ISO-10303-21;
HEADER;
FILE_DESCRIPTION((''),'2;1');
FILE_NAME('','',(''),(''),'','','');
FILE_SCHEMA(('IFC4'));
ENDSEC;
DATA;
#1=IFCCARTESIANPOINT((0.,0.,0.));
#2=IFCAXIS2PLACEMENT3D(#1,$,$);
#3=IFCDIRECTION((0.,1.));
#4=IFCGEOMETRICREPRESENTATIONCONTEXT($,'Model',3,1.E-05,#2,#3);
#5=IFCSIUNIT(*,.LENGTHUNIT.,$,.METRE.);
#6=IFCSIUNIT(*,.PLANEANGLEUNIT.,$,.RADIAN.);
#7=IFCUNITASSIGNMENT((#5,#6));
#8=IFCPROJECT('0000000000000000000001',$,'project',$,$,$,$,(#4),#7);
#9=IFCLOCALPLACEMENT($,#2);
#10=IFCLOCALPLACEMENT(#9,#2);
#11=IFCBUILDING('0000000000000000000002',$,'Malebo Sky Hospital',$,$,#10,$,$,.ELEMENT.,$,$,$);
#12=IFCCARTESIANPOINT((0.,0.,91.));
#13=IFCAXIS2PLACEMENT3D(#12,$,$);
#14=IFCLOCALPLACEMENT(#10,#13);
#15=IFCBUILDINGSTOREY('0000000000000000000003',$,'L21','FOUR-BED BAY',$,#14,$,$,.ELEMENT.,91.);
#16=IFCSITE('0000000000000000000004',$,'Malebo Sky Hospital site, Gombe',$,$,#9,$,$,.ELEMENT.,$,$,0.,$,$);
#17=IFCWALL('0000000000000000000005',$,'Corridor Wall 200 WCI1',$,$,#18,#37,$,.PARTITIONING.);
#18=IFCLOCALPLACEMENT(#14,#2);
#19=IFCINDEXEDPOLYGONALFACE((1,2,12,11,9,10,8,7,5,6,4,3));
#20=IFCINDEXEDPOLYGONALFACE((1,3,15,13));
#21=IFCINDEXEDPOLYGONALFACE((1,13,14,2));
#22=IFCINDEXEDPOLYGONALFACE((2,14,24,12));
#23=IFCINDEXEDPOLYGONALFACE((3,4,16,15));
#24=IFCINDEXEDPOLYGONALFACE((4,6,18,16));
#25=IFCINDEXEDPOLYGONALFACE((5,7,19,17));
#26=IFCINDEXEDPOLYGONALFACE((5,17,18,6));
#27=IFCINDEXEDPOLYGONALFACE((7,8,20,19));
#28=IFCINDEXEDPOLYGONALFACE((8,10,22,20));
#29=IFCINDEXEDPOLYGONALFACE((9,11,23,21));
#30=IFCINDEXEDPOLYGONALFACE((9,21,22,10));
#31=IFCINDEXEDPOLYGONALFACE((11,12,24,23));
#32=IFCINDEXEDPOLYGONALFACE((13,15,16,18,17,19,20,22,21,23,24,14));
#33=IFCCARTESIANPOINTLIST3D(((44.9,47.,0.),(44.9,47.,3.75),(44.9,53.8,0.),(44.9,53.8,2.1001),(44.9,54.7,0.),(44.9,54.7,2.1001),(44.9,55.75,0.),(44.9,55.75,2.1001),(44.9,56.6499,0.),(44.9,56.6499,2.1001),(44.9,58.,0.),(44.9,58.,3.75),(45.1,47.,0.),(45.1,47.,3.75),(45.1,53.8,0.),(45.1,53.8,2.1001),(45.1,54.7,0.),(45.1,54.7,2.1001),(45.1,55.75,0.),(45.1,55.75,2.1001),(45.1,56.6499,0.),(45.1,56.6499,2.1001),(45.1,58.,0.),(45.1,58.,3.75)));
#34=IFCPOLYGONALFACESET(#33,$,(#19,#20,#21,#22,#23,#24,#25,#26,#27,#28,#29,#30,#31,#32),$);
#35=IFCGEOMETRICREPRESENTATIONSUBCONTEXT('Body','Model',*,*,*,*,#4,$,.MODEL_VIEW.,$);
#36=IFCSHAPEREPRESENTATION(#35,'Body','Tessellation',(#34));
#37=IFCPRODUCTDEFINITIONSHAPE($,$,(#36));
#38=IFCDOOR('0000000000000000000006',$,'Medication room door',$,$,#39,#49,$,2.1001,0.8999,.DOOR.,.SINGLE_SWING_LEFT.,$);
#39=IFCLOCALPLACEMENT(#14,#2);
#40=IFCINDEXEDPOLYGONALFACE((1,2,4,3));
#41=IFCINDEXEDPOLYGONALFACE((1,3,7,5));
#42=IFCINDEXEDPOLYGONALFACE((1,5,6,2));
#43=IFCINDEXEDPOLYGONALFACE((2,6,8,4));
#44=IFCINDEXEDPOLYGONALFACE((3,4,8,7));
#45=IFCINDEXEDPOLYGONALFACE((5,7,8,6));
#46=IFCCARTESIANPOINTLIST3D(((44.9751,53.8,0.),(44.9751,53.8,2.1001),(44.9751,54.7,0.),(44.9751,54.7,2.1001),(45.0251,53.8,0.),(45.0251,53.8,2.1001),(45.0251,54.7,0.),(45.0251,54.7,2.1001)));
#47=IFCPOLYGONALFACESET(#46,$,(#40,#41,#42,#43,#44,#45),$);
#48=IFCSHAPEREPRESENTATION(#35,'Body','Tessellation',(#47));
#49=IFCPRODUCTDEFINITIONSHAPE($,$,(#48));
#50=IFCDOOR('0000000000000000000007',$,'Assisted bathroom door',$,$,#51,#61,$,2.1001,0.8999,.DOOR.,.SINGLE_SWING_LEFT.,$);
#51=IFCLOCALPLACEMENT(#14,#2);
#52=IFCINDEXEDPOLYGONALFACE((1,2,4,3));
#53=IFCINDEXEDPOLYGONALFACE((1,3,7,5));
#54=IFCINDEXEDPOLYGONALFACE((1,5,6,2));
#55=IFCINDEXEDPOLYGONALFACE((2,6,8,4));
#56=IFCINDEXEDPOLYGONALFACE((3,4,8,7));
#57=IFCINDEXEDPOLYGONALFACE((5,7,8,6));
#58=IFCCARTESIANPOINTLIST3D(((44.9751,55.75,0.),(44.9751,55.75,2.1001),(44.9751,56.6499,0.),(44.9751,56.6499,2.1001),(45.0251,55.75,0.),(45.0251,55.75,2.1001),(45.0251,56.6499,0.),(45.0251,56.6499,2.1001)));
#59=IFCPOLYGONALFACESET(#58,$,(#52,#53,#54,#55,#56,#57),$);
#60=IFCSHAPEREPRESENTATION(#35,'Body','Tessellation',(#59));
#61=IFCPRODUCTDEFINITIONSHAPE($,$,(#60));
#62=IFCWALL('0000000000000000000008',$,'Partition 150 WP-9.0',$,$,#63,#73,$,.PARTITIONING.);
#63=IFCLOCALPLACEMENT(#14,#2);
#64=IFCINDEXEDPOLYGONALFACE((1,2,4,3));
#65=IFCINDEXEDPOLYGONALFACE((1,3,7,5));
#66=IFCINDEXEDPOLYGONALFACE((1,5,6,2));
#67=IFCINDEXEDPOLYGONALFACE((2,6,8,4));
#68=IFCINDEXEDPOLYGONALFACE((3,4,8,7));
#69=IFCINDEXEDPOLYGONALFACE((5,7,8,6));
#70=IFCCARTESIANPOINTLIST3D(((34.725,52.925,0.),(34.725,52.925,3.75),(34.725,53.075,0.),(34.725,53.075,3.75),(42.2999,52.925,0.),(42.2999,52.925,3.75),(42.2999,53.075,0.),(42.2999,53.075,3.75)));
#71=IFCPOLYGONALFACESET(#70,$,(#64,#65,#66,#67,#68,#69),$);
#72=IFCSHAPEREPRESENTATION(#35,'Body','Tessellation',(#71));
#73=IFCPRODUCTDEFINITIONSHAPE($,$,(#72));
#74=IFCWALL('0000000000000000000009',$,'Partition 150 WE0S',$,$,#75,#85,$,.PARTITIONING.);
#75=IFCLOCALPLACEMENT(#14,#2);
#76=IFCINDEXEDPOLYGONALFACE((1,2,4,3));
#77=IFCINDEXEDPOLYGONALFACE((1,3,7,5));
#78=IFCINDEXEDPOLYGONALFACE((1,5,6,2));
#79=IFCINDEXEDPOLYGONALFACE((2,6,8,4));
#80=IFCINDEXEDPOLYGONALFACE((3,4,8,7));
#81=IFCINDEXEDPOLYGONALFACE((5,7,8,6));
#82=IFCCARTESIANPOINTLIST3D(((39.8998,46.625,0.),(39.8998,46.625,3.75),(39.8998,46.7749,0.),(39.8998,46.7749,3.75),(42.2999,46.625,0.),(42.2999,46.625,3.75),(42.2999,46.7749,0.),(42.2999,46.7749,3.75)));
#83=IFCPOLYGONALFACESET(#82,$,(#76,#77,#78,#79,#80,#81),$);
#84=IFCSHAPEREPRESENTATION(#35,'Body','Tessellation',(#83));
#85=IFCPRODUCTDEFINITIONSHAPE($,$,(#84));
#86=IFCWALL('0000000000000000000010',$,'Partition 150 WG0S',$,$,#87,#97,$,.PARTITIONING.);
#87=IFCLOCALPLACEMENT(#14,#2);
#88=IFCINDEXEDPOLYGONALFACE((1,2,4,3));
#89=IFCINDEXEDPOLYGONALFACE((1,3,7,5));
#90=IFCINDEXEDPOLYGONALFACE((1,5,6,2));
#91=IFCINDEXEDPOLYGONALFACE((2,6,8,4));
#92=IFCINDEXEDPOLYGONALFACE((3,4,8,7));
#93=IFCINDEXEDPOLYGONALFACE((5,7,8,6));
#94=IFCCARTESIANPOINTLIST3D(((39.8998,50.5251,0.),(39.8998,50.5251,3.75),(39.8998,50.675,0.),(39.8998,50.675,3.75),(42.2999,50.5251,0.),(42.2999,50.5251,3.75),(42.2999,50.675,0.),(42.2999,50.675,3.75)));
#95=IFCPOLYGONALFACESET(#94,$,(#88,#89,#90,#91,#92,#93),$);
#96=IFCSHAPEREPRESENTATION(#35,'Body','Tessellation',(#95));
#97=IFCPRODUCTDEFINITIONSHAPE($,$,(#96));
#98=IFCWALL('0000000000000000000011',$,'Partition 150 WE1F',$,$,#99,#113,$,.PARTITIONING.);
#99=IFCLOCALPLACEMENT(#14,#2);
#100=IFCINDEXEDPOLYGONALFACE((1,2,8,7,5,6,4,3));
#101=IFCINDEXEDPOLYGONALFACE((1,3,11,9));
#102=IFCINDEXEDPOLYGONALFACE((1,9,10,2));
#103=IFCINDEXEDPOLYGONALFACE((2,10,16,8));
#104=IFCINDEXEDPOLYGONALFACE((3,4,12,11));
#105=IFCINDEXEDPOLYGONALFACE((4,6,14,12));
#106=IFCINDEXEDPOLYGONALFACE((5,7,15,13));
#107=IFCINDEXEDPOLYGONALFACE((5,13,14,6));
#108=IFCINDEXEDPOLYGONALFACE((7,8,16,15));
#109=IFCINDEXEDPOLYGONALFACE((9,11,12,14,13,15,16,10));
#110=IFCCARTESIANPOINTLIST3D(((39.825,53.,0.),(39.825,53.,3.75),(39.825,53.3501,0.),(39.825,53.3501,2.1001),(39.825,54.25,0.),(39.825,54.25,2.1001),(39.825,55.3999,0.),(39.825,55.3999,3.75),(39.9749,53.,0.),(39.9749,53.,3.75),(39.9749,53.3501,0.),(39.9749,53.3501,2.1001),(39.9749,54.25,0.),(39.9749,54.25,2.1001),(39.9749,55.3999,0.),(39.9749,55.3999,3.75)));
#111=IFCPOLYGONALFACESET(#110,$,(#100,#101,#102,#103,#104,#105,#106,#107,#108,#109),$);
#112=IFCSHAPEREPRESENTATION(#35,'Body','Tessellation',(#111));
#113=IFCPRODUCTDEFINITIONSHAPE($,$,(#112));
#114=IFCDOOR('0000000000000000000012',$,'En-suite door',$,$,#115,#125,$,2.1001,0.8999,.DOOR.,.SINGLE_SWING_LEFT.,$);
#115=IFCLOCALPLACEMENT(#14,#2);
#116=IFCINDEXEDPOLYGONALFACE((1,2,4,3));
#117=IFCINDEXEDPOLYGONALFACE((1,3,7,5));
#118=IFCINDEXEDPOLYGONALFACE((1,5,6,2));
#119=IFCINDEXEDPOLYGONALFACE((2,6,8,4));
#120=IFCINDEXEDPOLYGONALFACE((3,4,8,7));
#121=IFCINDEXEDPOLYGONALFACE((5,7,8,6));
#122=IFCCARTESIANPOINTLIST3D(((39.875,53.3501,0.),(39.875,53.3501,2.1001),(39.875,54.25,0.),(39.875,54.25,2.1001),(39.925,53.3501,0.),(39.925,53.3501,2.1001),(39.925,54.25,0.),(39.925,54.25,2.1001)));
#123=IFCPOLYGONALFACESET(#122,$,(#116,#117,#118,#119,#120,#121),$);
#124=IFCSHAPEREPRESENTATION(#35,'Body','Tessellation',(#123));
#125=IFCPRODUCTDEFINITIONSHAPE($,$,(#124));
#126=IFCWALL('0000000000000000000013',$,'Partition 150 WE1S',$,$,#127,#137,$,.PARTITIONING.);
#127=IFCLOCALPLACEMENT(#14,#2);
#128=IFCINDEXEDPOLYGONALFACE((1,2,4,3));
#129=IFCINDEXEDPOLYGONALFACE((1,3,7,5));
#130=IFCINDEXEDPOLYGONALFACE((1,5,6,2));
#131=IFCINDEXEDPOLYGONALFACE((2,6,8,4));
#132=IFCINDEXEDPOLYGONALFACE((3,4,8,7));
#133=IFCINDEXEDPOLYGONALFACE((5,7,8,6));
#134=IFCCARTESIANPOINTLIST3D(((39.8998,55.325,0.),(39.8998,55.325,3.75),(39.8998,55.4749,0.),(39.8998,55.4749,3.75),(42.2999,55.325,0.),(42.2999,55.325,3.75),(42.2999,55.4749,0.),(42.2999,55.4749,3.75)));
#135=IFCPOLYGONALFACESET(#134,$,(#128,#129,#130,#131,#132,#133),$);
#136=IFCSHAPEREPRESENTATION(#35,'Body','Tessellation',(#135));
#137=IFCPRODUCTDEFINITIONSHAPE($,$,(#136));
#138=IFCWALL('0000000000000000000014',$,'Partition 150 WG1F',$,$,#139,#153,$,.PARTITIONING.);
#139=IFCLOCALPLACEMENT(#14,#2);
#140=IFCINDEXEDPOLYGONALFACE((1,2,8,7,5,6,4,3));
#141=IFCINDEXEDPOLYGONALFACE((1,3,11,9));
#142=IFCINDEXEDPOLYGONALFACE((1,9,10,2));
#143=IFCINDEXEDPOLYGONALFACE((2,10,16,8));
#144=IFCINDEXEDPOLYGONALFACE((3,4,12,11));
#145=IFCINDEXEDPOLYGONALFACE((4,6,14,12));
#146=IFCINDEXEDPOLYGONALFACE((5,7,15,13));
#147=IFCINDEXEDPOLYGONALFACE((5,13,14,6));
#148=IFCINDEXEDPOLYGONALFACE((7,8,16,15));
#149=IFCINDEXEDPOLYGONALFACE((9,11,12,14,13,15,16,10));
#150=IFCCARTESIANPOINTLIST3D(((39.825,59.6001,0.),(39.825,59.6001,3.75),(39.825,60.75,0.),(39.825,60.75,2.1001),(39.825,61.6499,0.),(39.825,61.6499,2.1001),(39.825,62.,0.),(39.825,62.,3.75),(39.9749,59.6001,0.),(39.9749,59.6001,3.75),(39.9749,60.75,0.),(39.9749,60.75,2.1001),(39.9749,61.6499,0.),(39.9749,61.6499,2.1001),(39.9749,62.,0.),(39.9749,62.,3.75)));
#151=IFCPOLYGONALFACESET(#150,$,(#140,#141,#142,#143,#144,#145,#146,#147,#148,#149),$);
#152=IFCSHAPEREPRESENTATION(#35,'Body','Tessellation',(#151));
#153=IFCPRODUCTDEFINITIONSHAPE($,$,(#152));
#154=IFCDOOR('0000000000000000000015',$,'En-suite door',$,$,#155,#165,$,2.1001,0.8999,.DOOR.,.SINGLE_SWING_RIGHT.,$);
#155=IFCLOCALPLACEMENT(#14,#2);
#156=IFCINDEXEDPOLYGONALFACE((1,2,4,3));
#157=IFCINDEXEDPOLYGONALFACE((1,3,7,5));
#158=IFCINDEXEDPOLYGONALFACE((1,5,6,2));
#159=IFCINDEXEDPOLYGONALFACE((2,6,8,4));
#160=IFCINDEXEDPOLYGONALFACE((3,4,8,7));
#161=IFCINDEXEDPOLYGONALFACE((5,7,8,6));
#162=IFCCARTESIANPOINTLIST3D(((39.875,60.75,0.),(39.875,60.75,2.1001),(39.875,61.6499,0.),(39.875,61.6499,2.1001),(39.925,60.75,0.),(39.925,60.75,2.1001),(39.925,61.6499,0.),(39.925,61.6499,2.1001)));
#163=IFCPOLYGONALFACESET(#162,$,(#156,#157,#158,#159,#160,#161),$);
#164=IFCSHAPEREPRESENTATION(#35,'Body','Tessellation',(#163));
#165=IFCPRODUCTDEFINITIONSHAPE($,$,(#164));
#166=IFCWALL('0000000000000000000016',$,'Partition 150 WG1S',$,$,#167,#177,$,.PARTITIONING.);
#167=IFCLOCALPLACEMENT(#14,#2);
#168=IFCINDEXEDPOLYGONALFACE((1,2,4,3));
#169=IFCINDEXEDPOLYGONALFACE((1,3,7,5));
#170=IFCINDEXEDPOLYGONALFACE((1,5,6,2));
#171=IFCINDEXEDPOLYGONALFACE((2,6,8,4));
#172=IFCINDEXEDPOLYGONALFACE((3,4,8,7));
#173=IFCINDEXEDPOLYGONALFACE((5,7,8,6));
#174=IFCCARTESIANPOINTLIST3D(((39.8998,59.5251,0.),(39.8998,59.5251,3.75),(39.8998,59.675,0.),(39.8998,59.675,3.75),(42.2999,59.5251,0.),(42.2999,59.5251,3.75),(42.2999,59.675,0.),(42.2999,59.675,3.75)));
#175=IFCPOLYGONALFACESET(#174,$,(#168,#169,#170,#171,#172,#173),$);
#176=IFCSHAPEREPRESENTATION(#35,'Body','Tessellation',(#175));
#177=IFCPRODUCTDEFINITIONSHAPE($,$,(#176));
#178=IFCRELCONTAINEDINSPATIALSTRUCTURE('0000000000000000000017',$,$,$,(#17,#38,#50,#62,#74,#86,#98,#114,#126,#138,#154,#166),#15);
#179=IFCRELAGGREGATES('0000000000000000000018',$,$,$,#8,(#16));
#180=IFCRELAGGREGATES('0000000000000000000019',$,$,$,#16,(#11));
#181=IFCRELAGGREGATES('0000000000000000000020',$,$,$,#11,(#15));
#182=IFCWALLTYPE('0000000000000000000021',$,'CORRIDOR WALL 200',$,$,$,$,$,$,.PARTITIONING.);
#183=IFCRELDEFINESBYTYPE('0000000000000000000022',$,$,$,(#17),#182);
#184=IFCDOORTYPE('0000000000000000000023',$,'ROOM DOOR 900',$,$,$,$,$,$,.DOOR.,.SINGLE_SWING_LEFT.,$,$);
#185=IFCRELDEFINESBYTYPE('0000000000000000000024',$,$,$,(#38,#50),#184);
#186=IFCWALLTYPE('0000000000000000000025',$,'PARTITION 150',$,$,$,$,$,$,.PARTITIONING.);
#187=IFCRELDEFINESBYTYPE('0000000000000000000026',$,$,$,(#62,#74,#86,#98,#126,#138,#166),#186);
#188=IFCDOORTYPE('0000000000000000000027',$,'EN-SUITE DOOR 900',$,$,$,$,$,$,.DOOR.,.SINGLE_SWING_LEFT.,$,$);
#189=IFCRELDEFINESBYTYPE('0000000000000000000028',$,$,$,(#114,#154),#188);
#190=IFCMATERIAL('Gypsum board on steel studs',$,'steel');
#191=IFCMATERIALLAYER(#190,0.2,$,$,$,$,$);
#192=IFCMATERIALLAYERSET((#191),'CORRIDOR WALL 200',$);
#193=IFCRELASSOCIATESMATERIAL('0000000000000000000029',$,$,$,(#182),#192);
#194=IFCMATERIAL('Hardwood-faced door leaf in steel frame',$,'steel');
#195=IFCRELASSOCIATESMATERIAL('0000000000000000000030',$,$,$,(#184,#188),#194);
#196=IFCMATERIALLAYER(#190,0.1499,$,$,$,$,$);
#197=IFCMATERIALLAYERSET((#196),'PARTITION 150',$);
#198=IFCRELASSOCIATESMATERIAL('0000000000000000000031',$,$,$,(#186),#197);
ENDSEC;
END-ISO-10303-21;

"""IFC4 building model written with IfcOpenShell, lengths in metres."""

from ifc_helpers import new_model, si_unit, direction, frame, frame_2d, origin, place, context, subcontext, project, spatial, rectangle, extrude, material, layer, layer_set, type_object, element, fill, save


model = new_model("IFC4")

# Units and contexts
model_context = context("Model", 3, precision=1e-05, world=origin(), true_north=direction((0.0, 1.0)))
body_context = subcontext(model_context, "Body", "Model", "MODEL_VIEW")
ifc_project = project(units=[si_unit("LENGTHUNIT", "METRE"), si_unit("PLANEANGLEUNIT", "RADIAN")], contexts=[model_context])

# Site, building, storey
site_placement = place(None, origin())
site = spatial("IfcSite", under=ifc_project, at=site_placement, Name="Malebo Sky Hospital site, Gombe", CompositionType="ELEMENT", RefElevation=0.0)
building_placement = place(site_placement, origin())
building = spatial("IfcBuilding", under=site, at=building_placement, Name="Malebo Sky Hospital", CompositionType="ELEMENT")
storey_placement = place(building_placement, frame((0.0, 0.0, 91.0)))
storey = spatial("IfcBuildingStorey", under=building, at=storey_placement, Name="L21", Description="FOUR-BED BAY", CompositionType="ELEMENT", Elevation=91.0)

# Wall, openings, doors
ifc_material_1 = material(Name="Gypsum board on steel studs", Category="steel")
ifc_layer_1 = layer(ifc_material_1, 0.2)
ifc_layer_set_1 = layer_set([ifc_layer_1], Name="CORRIDOR WALL 200")
wall_type_1 = type_object("IfcWallType", Name="CORRIDOR WALL 200", PredefinedType="PARTITIONING", material=ifc_layer_set_1)
wall_1_placement = place(storey_placement, frame((45.0, 47.0, 0.0), z_axis=(0.0, 0.0, 1.0), x_axis=(0.0, 1.0, 0.0)))
wall_1 = element("IfcWall", 1, at=wall_1_placement, inside=storey, type_object=wall_type_1, Name="Corridor Wall 200 WCI1", PredefinedType="PARTITIONING", context=body_context, shape_type="SweptSolid", body=[
    extrude(rectangle(XDim=11.0, YDim=0.2, at=frame_2d((5.5, 0.0))), origin(), (0.0, 0.0, 1.0), 3.75),
])
opening_1_placement = place(wall_1_placement, frame((6.8, 0.0, 0.0)))
opening_1 = element("IfcOpeningElement", 2, at=opening_1_placement, cuts=wall_1, PredefinedType="OPENING", context=body_context, shape_type="SweptSolid", body=[
    extrude(rectangle(XDim=0.8999, YDim=2.1001, at=frame_2d((0.45, 1.05))), frame((0.0, 0.1099, 0.0), z_axis=(0.0, -1.0, 0.0), x_axis=(1.0, 0.0, 0.0)), (0.0, 0.0, 1.0), 0.22),
])
opening_2_placement = place(wall_1_placement, frame((8.75, 0.0, 0.0)))
opening_2 = element("IfcOpeningElement", 3, at=opening_2_placement, cuts=wall_1, PredefinedType="OPENING", context=body_context, shape_type="SweptSolid", body=[
    extrude(rectangle(XDim=0.8999, YDim=2.1001, at=frame_2d((0.45, 1.05))), frame((0.0, 0.1099, 0.0), z_axis=(0.0, -1.0, 0.0), x_axis=(1.0, 0.0, 0.0)), (0.0, 0.0, 1.0), 0.22),
])
ifc_material_2 = material(Name="Hardwood-faced door leaf in steel frame", Category="steel")
door_type_1 = type_object("IfcDoorType", Name="ROOM DOOR 900", OperationType="SINGLE_SWING_LEFT", PredefinedType="DOOR", material=ifc_material_2)
door_1_placement = place(opening_1_placement, origin())
door_1 = element("IfcDoor", 4, at=door_1_placement, inside=storey, type_object=door_type_1, Name="Medication room door", OperationType="SINGLE_SWING_LEFT", OverallHeight=2.1001, OverallWidth=0.8999, PredefinedType="DOOR", context=body_context, shape_type="SweptSolid", body=[
    extrude(rectangle(XDim=0.8999, YDim=2.1001, at=frame_2d((0.45, 1.05))), frame((0.0, 0.0249, 0.0), z_axis=(0.0, -1.0, 0.0), x_axis=(1.0, 0.0, 0.0)), (0.0, 0.0, 1.0), 0.05),
])
fill(opening_1, door_1)
door_2_placement = place(opening_2_placement, origin())
door_2 = element("IfcDoor", 5, at=door_2_placement, inside=storey, type_object=door_type_1, Name="Assisted bathroom door", OperationType="SINGLE_SWING_LEFT", OverallHeight=2.1001, OverallWidth=0.8999, PredefinedType="DOOR", context=body_context, shape_type="SweptSolid", body=[
    extrude(rectangle(XDim=0.8999, YDim=2.1001, at=frame_2d((0.45, 1.05))), frame((0.0, 0.0249, 0.0), z_axis=(0.0, -1.0, 0.0), x_axis=(1.0, 0.0, 0.0)), (0.0, 0.0, 1.0), 0.05),
])
fill(opening_2, door_2)

# Walls
ifc_layer_2 = layer(ifc_material_1, 0.1499)
ifc_layer_set_2 = layer_set([ifc_layer_2], Name="PARTITION 150")
wall_type_2 = type_object("IfcWallType", Name="PARTITION 150", PredefinedType="PARTITIONING", material=ifc_layer_set_2)
wall_2_placement = place(storey_placement, frame((42.3, 53.0, 0.0), z_axis=(0.0, 0.0, 1.0), x_axis=(-1.0, 0.0, 0.0)))
element("IfcWall", 6, at=wall_2_placement, inside=storey, type_object=wall_type_2, Name="Partition 150 WP-9.0", PredefinedType="PARTITIONING", context=body_context, shape_type="SweptSolid", body=[
    extrude(rectangle(XDim=7.575, YDim=0.1499, at=frame_2d((3.7876, 0.0))), origin(), (0.0, 0.0, 1.0), 3.75),
])
for number, where, z_axis, x_axis, name in (
    (7, (42.3, 46.7, 0.0), (0.0, 0.0, 1.0), (-1.0, 0.0, 0.0), "Partition 150 WE0S"),
    (8, (42.3, 50.6001, 0.0), (0.0, 0.0, 1.0), (-1.0, 0.0, 0.0), "Partition 150 WG0S"),
):
    element("IfcWall", number, at=place(storey_placement, frame(where, z_axis=z_axis, x_axis=x_axis)), inside=storey, type_object=wall_type_2, Name=name, PredefinedType="PARTITIONING", context=body_context, shape_type="SweptSolid", body=[
        extrude(rectangle(XDim=2.4001, YDim=0.1499, at=frame_2d((1.2002, 0.0))), origin(), (0.0, 0.0, 1.0), 3.75),
    ])

# Wall, opening, door
wall_3_placement = place(storey_placement, frame((39.8999, 53.0, 0.0), z_axis=(0.0, 0.0, 1.0), x_axis=(0.0, 1.0, 0.0)))
wall_3 = element("IfcWall", 9, at=wall_3_placement, inside=storey, type_object=wall_type_2, Name="Partition 150 WE1F", PredefinedType="PARTITIONING", context=body_context, shape_type="SweptSolid", body=[
    extrude(rectangle(XDim=2.3999, YDim=0.1499, at=frame_2d((1.2, 0.0))), origin(), (0.0, 0.0, 1.0), 3.75),
])
opening_3_placement = place(wall_3_placement, frame((0.3501, 0.0, 0.0)))
opening_3 = element("IfcOpeningElement", 10, at=opening_3_placement, cuts=wall_3, PredefinedType="OPENING", context=body_context, shape_type="SweptSolid", body=[
    extrude(rectangle(XDim=0.8999, YDim=2.1001, at=frame_2d((0.45, 1.05))), frame((0.0, 0.085, 0.0), z_axis=(0.0, -1.0, 0.0), x_axis=(1.0, 0.0, 0.0)), (0.0, 0.0, 1.0), 0.1699),
])
door_type_2 = type_object("IfcDoorType", Name="EN-SUITE DOOR 900", OperationType="SINGLE_SWING_LEFT", PredefinedType="DOOR", material=ifc_material_2)
door_3_placement = place(opening_3_placement, origin())
door_3 = element("IfcDoor", 11, at=door_3_placement, inside=storey, type_object=door_type_2, Name="En-suite door", OperationType="SINGLE_SWING_LEFT", OverallHeight=2.1001, OverallWidth=0.8999, PredefinedType="DOOR", context=body_context, shape_type="SweptSolid", body=[
    extrude(rectangle(XDim=0.8999, YDim=2.1001, at=frame_2d((0.45, 1.05))), frame((0.0, 0.0249, 0.0), z_axis=(0.0, -1.0, 0.0), x_axis=(1.0, 0.0, 0.0)), (0.0, 0.0, 1.0), 0.05),
])
fill(opening_3, door_3)

# Wall
wall_4_placement = place(storey_placement, frame((42.3, 55.3999, 0.0), z_axis=(0.0, 0.0, 1.0), x_axis=(-1.0, 0.0, 0.0)))
element("IfcWall", 12, at=wall_4_placement, inside=storey, type_object=wall_type_2, Name="Partition 150 WE1S", PredefinedType="PARTITIONING", context=body_context, shape_type="SweptSolid", body=[
    extrude(rectangle(XDim=2.4001, YDim=0.1499, at=frame_2d((1.2002, 0.0))), origin(), (0.0, 0.0, 1.0), 3.75),
])

# Wall, opening, door
wall_5_placement = place(storey_placement, frame((39.8999, 59.6001, 0.0), z_axis=(0.0, 0.0, 1.0), x_axis=(0.0, 1.0, 0.0)))
wall_5 = element("IfcWall", 13, at=wall_5_placement, inside=storey, type_object=wall_type_2, Name="Partition 150 WG1F", PredefinedType="PARTITIONING", context=body_context, shape_type="SweptSolid", body=[
    extrude(rectangle(XDim=2.3999, YDim=0.1499, at=frame_2d((1.2, 0.0))), origin(), (0.0, 0.0, 1.0), 3.75),
])
opening_4_placement = place(wall_5_placement, frame((1.1499, 0.0, 0.0)))
opening_4 = element("IfcOpeningElement", 14, at=opening_4_placement, cuts=wall_5, PredefinedType="OPENING", context=body_context, shape_type="SweptSolid", body=[
    extrude(rectangle(XDim=0.8999, YDim=2.1001, at=frame_2d((0.45, 1.05))), frame((0.0, 0.085, 0.0), z_axis=(0.0, -1.0, 0.0), x_axis=(1.0, 0.0, 0.0)), (0.0, 0.0, 1.0), 0.1699),
])
door_4_placement = place(opening_4_placement, origin())
door_4 = element("IfcDoor", 15, at=door_4_placement, inside=storey, type_object=door_type_2, Name="En-suite door", OperationType="SINGLE_SWING_RIGHT", OverallHeight=2.1001, OverallWidth=0.8999, PredefinedType="DOOR", context=body_context, shape_type="SweptSolid", body=[
    extrude(rectangle(XDim=0.8999, YDim=2.1001, at=frame_2d((0.45, 1.05))), frame((0.0, 0.0249, 0.0), z_axis=(0.0, -1.0, 0.0), x_axis=(1.0, 0.0, 0.0)), (0.0, 0.0, 1.0), 0.05),
])
fill(opening_4, door_4)

# Wall
wall_6_placement = place(storey_placement, frame((42.3, 59.6001, 0.0), z_axis=(0.0, 0.0, 1.0), x_axis=(-1.0, 0.0, 0.0)))
element("IfcWall", 16, at=wall_6_placement, inside=storey, type_object=wall_type_2, Name="Partition 150 WG1S", PredefinedType="PARTITIONING", context=body_context, shape_type="SweptSolid", body=[
    extrude(rectangle(XDim=2.4001, YDim=0.1499, at=frame_2d((1.2002, 0.0))), origin(), (0.0, 0.0, 1.0), 3.75),
])

save(model, "model.ifc")
